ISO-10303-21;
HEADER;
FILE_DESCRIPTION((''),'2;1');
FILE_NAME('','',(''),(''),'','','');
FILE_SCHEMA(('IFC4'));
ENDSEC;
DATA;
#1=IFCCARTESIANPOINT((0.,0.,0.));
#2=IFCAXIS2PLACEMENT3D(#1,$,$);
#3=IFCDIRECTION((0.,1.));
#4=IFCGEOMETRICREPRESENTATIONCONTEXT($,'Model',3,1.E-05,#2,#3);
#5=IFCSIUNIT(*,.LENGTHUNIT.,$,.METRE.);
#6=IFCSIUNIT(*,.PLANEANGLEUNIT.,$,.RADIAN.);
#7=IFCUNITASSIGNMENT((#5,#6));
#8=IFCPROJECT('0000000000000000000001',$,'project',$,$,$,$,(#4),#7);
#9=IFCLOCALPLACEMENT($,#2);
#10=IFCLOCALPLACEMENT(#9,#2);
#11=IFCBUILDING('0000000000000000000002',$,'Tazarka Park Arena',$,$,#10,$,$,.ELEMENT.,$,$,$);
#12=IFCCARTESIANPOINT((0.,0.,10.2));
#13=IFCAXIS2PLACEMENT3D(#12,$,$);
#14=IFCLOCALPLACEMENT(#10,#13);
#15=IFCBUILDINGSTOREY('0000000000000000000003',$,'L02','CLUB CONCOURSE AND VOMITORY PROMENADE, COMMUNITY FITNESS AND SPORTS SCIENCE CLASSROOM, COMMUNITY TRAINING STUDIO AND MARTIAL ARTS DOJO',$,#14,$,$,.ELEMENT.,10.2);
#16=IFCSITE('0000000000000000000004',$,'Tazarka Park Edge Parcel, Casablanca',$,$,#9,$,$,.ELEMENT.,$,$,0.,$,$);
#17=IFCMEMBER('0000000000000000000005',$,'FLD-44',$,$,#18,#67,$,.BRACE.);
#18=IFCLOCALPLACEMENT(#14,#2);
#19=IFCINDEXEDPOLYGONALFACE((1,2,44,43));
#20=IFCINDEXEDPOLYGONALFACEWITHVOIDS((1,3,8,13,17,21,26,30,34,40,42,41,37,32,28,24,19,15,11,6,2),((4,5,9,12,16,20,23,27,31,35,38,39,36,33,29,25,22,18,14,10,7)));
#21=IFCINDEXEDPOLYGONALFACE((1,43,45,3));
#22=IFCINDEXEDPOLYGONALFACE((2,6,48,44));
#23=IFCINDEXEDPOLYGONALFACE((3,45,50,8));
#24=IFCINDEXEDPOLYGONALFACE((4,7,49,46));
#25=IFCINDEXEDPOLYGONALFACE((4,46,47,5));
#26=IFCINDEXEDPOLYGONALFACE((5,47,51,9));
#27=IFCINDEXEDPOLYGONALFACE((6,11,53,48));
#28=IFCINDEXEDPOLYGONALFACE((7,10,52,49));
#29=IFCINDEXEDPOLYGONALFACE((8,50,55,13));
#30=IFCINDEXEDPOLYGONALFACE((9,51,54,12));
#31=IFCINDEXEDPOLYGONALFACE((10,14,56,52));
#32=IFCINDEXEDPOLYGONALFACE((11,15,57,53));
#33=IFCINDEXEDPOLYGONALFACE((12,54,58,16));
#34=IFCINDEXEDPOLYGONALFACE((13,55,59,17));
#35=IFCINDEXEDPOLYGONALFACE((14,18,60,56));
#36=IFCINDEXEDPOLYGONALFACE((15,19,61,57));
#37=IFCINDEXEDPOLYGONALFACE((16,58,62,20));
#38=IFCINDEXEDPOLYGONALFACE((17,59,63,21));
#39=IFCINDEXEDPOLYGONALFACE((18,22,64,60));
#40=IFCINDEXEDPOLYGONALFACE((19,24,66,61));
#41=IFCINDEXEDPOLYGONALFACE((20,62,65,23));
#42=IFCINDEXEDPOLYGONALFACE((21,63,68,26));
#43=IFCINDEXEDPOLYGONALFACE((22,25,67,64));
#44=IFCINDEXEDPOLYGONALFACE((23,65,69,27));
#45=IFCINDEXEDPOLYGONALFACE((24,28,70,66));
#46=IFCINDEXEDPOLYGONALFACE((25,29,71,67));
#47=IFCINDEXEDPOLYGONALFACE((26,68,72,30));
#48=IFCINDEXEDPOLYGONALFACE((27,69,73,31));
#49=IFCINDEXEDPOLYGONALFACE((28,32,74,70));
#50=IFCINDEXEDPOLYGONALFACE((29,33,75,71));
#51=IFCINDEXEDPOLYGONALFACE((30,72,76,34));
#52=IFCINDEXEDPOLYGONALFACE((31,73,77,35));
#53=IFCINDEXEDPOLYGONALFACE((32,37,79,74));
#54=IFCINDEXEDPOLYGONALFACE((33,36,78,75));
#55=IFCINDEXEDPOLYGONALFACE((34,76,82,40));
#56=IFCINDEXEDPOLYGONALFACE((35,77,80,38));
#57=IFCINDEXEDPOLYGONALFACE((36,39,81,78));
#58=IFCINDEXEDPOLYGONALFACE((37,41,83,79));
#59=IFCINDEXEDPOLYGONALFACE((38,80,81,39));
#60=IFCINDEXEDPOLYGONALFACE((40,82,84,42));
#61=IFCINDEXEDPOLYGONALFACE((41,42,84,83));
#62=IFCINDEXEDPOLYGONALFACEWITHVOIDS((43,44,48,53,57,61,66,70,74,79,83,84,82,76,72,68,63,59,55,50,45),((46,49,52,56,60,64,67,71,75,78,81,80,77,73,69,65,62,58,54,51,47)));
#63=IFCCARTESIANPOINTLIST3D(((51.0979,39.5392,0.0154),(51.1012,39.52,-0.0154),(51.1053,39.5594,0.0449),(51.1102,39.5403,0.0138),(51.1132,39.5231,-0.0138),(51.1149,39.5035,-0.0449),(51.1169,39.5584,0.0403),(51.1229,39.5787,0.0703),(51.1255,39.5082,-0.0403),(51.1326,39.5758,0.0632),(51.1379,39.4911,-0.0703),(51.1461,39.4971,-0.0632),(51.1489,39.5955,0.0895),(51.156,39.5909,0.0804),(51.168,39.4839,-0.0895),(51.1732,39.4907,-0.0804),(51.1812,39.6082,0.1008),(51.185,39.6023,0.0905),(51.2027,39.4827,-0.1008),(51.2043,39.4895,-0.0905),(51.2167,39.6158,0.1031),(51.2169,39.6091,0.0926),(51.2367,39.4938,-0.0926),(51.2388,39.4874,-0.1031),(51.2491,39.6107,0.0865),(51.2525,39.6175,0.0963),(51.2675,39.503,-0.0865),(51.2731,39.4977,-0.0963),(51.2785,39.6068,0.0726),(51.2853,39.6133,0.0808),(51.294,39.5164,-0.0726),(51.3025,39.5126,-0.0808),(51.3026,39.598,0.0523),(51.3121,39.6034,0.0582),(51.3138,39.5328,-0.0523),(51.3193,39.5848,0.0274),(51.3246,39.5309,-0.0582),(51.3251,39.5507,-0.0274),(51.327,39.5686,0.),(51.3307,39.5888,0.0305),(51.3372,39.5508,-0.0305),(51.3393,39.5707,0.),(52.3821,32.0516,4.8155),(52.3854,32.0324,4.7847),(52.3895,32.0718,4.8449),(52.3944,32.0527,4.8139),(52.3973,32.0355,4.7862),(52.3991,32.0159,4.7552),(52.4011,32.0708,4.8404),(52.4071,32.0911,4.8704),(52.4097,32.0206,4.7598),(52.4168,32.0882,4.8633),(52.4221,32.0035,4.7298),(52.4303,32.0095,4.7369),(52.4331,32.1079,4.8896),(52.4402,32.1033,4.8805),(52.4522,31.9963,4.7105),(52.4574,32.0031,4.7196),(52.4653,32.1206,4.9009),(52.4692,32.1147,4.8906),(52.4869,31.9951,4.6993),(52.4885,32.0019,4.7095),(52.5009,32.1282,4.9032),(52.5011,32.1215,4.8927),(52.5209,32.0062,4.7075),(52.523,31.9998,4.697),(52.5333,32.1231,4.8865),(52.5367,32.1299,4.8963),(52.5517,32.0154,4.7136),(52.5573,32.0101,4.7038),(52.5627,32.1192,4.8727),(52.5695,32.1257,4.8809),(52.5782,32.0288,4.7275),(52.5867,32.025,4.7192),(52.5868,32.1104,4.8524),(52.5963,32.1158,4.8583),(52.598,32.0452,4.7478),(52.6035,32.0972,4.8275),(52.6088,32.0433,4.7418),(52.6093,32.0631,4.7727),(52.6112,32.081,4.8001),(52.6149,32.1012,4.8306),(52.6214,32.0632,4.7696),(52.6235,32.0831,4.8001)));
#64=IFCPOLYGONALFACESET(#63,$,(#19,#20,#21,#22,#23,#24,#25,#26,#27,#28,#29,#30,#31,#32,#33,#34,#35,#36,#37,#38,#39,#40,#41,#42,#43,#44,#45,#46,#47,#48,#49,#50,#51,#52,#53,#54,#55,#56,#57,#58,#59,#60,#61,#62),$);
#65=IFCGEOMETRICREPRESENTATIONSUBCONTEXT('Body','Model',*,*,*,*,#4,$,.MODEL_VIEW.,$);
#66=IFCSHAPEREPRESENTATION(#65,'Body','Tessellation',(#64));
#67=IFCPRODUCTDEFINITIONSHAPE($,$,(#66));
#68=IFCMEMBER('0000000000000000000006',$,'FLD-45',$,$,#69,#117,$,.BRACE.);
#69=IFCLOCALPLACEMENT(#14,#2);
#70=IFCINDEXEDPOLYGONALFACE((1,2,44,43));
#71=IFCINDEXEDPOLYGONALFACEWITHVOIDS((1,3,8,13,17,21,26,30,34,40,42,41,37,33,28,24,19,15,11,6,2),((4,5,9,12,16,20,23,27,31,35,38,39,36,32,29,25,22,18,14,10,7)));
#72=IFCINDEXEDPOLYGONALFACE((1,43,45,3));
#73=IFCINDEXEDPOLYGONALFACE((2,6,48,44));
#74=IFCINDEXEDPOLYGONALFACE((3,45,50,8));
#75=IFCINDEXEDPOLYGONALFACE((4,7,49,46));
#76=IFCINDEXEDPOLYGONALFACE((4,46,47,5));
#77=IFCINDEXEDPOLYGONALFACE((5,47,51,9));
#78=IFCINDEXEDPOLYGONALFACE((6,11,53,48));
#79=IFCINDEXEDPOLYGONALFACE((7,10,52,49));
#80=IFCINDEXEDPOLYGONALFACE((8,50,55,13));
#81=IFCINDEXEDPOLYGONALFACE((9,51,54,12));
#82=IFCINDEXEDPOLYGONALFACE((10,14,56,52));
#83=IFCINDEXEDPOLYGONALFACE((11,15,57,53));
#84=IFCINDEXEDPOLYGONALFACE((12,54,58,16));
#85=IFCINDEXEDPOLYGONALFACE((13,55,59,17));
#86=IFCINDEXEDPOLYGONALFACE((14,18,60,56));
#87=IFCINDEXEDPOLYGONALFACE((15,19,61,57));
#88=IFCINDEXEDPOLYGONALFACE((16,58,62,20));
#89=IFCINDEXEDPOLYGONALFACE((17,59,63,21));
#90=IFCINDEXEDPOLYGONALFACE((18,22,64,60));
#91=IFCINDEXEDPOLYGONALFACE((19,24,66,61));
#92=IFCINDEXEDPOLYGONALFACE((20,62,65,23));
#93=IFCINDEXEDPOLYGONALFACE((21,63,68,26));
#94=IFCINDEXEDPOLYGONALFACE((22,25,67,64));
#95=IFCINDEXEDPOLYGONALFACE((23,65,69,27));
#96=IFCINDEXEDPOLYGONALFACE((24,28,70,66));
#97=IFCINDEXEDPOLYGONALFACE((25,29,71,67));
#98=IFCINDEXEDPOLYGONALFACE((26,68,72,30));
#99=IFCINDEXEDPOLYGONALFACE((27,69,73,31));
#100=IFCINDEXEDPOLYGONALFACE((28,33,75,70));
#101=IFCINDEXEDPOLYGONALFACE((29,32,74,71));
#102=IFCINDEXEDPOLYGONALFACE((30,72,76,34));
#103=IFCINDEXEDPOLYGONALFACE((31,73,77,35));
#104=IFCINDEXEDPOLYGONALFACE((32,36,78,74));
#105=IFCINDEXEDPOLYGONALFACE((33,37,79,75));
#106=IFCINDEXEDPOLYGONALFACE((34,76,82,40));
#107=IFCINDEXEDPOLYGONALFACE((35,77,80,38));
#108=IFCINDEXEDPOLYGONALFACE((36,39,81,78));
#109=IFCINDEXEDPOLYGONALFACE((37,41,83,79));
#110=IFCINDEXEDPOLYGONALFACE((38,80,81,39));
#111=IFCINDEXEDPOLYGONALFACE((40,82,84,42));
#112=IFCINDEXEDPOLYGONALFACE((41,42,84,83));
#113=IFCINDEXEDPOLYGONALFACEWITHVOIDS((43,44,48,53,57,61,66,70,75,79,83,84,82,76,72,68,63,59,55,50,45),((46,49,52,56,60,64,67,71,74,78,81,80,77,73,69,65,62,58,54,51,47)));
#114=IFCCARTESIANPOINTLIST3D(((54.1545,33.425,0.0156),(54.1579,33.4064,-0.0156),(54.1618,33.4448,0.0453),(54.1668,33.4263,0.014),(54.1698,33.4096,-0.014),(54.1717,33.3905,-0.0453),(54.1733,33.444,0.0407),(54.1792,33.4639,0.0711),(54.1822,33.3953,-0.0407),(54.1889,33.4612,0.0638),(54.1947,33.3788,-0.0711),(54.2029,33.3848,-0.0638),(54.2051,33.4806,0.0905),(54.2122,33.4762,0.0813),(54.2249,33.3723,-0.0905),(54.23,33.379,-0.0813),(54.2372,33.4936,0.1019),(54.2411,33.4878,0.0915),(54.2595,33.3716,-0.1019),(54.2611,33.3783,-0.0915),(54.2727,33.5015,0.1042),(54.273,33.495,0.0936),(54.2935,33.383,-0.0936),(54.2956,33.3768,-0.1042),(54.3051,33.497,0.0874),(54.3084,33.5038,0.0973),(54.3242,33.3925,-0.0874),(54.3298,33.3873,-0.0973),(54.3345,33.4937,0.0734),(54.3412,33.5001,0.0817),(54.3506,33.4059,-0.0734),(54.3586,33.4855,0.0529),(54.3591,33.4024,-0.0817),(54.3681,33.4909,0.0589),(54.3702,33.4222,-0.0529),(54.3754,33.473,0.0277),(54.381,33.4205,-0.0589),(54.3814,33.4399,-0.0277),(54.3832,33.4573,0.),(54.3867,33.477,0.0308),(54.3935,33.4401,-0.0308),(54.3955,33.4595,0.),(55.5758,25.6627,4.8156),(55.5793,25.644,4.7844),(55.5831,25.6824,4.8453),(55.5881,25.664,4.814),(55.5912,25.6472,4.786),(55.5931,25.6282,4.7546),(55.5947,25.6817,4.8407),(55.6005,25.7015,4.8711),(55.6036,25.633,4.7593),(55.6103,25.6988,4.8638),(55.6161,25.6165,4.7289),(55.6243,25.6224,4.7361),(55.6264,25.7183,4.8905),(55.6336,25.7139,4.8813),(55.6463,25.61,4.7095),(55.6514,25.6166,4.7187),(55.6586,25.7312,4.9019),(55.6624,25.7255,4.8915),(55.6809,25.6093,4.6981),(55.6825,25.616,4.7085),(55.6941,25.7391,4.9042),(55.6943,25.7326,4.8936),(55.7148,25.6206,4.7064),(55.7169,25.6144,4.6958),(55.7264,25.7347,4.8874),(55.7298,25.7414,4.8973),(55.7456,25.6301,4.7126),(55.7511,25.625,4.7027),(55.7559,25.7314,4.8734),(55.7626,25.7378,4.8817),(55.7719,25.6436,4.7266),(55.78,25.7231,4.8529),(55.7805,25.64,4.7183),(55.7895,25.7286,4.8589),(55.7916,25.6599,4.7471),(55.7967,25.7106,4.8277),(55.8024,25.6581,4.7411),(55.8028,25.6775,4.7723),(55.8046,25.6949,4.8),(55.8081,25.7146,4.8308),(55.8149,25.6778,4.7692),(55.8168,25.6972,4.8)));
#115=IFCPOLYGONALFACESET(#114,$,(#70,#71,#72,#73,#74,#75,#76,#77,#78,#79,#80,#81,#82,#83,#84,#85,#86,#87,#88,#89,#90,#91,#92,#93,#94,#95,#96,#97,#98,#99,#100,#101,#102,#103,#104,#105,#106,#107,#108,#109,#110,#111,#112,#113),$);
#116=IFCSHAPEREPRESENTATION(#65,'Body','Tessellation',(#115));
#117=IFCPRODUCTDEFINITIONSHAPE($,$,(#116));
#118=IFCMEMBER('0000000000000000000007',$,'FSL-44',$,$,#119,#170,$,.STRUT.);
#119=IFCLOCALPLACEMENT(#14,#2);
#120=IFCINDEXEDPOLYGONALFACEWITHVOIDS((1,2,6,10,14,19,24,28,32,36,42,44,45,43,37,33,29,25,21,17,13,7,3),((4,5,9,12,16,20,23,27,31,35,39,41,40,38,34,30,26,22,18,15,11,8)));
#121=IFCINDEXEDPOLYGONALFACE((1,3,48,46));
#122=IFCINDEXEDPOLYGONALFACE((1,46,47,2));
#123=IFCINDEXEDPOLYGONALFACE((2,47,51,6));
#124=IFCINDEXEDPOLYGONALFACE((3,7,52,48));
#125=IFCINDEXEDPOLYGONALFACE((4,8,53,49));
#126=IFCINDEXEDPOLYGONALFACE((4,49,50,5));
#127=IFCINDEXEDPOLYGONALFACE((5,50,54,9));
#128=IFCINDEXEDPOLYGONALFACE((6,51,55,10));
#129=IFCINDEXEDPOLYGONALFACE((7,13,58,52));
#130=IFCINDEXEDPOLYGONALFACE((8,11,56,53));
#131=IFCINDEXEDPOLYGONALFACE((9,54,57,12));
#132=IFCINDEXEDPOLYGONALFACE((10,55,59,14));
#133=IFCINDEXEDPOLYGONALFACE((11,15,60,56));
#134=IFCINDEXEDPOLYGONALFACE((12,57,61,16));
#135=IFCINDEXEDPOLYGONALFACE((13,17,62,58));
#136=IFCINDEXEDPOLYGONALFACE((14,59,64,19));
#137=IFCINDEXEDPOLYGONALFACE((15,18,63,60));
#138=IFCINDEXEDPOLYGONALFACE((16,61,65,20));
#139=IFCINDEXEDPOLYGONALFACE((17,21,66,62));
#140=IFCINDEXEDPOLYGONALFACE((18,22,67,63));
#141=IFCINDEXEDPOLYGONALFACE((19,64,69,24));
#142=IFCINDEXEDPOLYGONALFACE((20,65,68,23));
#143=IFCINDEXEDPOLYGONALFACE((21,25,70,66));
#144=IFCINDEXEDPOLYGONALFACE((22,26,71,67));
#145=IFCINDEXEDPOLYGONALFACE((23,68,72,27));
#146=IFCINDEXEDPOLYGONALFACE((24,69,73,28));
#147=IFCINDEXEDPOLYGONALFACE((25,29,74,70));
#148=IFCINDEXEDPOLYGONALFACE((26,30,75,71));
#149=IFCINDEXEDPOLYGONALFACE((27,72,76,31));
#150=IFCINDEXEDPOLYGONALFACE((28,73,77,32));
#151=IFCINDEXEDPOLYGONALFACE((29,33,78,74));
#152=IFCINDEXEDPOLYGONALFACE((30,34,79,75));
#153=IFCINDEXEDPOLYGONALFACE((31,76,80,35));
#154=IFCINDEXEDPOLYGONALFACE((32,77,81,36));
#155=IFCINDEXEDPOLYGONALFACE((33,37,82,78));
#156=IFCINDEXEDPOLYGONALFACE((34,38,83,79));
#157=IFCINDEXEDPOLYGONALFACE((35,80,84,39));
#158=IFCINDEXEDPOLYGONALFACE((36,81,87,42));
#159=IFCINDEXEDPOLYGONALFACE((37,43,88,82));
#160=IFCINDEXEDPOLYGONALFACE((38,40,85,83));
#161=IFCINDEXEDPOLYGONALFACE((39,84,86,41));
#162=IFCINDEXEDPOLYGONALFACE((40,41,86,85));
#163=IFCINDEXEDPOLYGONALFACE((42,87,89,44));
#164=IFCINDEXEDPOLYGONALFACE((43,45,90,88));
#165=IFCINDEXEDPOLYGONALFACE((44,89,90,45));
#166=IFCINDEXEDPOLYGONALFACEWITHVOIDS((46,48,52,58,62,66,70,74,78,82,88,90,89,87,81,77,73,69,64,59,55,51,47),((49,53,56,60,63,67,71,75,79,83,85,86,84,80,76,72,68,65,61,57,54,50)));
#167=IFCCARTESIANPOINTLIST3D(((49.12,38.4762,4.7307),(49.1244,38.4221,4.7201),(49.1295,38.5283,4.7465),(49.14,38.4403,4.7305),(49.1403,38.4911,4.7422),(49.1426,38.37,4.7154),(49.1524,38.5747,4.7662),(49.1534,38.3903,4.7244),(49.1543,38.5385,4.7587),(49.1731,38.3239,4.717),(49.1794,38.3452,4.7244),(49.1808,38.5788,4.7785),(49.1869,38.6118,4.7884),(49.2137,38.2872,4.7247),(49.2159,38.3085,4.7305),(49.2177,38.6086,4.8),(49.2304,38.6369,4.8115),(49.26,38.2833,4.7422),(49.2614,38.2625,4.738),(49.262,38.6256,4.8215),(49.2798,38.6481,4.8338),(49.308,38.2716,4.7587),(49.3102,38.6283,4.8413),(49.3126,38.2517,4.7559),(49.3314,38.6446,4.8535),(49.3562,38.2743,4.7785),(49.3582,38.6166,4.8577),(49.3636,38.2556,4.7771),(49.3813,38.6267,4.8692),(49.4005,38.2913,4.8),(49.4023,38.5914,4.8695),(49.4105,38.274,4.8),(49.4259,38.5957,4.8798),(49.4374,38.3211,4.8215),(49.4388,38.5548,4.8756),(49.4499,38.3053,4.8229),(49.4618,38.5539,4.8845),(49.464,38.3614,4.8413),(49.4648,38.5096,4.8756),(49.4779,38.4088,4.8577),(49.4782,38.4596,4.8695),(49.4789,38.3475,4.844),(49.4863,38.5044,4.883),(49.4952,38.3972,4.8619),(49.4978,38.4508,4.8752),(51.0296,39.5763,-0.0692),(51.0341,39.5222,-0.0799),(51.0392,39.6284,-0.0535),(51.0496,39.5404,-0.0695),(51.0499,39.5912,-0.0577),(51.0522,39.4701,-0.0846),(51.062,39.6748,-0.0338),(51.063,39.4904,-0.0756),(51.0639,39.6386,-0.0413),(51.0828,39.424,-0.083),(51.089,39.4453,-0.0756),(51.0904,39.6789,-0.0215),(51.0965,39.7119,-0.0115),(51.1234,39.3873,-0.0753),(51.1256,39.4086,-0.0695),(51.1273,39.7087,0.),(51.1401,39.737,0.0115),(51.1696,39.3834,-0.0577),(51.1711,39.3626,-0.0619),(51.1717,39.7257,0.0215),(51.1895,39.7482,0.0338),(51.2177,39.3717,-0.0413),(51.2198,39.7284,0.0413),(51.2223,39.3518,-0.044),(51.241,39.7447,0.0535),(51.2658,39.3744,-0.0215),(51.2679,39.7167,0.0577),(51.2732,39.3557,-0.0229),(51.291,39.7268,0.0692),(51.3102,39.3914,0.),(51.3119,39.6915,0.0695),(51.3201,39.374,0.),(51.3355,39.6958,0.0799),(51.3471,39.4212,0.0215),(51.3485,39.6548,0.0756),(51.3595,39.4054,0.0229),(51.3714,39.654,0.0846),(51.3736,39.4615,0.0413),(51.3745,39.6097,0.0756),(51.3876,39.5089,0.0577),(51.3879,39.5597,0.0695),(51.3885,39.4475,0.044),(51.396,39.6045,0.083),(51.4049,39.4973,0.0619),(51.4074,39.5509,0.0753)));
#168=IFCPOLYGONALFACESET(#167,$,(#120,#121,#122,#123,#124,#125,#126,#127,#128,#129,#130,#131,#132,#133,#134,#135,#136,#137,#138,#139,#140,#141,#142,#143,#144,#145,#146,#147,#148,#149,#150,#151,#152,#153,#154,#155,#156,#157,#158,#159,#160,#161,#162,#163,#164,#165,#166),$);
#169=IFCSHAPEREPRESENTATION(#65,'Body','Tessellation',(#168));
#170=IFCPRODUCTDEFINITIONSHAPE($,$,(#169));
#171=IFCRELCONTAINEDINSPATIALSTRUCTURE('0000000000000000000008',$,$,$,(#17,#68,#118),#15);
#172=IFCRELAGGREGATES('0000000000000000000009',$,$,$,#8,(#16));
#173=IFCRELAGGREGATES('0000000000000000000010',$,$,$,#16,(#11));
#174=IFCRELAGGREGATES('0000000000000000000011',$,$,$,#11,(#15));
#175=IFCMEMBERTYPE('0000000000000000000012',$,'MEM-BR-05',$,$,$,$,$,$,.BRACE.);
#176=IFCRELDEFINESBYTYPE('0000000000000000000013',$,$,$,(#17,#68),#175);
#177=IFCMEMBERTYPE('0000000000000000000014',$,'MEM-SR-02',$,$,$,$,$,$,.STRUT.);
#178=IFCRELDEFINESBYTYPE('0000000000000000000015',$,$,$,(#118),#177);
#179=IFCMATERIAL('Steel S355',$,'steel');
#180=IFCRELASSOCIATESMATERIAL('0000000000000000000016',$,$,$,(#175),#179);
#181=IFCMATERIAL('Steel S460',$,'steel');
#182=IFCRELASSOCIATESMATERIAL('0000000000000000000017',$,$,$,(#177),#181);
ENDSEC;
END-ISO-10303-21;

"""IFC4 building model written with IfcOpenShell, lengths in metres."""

from ifc_helpers import new_model, si_unit, direction, frame, origin, origin_2d, place, context, subcontext, project, spatial, hollow_circle, extrude, material, material_profile, profile_set, type_object, element, save


model = new_model("IFC4")

# Units and contexts
model_context = context("Model", 3, precision=1e-05, world=origin(), true_north=direction((0.0, 1.0)))
body_context = subcontext(model_context, "Body", "Model", "MODEL_VIEW")
ifc_project = project(units=[si_unit("LENGTHUNIT", "METRE"), si_unit("PLANEANGLEUNIT", "RADIAN")], contexts=[model_context])

# Site, building, storey
site_placement = place(None, origin())
site = spatial("IfcSite", under=ifc_project, at=site_placement, Name="Tazarka Park Edge Parcel, Casablanca", CompositionType="ELEMENT", RefElevation=0.0)
building_placement = place(site_placement, origin())
building = spatial("IfcBuilding", under=site, at=building_placement, Name="Tazarka Park Arena", CompositionType="ELEMENT")
storey_placement = place(building_placement, frame((0.0, 0.0, 10.2)))
storey = spatial("IfcBuildingStorey", under=building, at=storey_placement, Name="L02", Description="CLUB CONCOURSE AND VOMITORY PROMENADE, COMMUNITY FITNESS AND SPORTS SCIENCE CLASSROOM, COMMUNITY TRAINING STUDIO AND MARTIAL ARTS DOJO", CompositionType="ELEMENT", Elevation=10.2)

# Members
ifc_material_1 = material(Name="Steel S355", Category="steel")
ifc_material_profile_1 = material_profile(ifc_material_1, hollow_circle(Radius=0.1223, WallThickness=0.0125, at=origin_2d()), Name="Steel S355")
ifc_profile_set_1 = profile_set([ifc_material_profile_1], Name="Steel S355")
member_type_1 = type_object("IfcMemberType", Name="MEM-BR-05", PredefinedType="BRACE", material=ifc_profile_set_1)
member_1_placement = place(storey_placement, frame((51.2188, 39.55, 0.0), z_axis=(0.142905, -0.833221, 0.534154), x_axis=(0.985609, 0.169041, 0.0)))
element("IfcMember", 1, at=member_1_placement, inside=storey, type_object=member_type_1, Name="FLD-44", PredefinedType="BRACE", context=body_context, shape_type="SweptSolid", body=[
    extrude(hollow_circle(Radius=0.1223, WallThickness=0.0125, at=origin_2d()), origin(), (0.0, 0.0, 1.0), 8.9863),
])
member_2_placement = place(storey_placement, frame((54.2751, 33.4375, 0.0), z_axis=(0.153885, -0.840393, 0.519672), x_axis=(0.983645, 0.180116, 0.0)))
element("IfcMember", 2, at=member_2_placement, inside=storey, type_object=member_type_1, Name="FLD-45", PredefinedType="BRACE", context=body_context, shape_type="SweptSolid", body=[
    extrude(hollow_circle(Radius=0.1223, WallThickness=0.0125, at=origin_2d()), origin(), (0.0, 0.0, 1.0), 9.2366),
])
ifc_material_2 = material(Name="Steel S460", Category="steel")
ifc_material_profile_2 = material_profile(ifc_material_2, hollow_circle(Radius=0.2031, WallThickness=0.02, at=origin_2d()), Name="Steel S460")
ifc_profile_set_2 = profile_set([ifc_material_profile_2], Name="Steel S460")
member_type_2 = type_object("IfcMemberType", Name="MEM-SR-02", PredefinedType="STRUT", material=ifc_profile_set_2)
member_3_placement = place(storey_placement, frame((51.2188, 39.55, 0.0), z_axis=(-0.361556, -0.20828, 0.908789), x_axis=(0.499166, -0.866506, 0.0)))
element("IfcMember", 3, at=member_3_placement, inside=storey, type_object=member_type_2, Name="FSL-44", PredefinedType="STRUT", context=body_context, shape_type="SweptSolid", body=[
    extrude(hollow_circle(Radius=0.2031, WallThickness=0.02, at=origin_2d()), origin(), (0.0, 0.0, 1.0), 5.2817),
])

save(model, "model.ifc")
